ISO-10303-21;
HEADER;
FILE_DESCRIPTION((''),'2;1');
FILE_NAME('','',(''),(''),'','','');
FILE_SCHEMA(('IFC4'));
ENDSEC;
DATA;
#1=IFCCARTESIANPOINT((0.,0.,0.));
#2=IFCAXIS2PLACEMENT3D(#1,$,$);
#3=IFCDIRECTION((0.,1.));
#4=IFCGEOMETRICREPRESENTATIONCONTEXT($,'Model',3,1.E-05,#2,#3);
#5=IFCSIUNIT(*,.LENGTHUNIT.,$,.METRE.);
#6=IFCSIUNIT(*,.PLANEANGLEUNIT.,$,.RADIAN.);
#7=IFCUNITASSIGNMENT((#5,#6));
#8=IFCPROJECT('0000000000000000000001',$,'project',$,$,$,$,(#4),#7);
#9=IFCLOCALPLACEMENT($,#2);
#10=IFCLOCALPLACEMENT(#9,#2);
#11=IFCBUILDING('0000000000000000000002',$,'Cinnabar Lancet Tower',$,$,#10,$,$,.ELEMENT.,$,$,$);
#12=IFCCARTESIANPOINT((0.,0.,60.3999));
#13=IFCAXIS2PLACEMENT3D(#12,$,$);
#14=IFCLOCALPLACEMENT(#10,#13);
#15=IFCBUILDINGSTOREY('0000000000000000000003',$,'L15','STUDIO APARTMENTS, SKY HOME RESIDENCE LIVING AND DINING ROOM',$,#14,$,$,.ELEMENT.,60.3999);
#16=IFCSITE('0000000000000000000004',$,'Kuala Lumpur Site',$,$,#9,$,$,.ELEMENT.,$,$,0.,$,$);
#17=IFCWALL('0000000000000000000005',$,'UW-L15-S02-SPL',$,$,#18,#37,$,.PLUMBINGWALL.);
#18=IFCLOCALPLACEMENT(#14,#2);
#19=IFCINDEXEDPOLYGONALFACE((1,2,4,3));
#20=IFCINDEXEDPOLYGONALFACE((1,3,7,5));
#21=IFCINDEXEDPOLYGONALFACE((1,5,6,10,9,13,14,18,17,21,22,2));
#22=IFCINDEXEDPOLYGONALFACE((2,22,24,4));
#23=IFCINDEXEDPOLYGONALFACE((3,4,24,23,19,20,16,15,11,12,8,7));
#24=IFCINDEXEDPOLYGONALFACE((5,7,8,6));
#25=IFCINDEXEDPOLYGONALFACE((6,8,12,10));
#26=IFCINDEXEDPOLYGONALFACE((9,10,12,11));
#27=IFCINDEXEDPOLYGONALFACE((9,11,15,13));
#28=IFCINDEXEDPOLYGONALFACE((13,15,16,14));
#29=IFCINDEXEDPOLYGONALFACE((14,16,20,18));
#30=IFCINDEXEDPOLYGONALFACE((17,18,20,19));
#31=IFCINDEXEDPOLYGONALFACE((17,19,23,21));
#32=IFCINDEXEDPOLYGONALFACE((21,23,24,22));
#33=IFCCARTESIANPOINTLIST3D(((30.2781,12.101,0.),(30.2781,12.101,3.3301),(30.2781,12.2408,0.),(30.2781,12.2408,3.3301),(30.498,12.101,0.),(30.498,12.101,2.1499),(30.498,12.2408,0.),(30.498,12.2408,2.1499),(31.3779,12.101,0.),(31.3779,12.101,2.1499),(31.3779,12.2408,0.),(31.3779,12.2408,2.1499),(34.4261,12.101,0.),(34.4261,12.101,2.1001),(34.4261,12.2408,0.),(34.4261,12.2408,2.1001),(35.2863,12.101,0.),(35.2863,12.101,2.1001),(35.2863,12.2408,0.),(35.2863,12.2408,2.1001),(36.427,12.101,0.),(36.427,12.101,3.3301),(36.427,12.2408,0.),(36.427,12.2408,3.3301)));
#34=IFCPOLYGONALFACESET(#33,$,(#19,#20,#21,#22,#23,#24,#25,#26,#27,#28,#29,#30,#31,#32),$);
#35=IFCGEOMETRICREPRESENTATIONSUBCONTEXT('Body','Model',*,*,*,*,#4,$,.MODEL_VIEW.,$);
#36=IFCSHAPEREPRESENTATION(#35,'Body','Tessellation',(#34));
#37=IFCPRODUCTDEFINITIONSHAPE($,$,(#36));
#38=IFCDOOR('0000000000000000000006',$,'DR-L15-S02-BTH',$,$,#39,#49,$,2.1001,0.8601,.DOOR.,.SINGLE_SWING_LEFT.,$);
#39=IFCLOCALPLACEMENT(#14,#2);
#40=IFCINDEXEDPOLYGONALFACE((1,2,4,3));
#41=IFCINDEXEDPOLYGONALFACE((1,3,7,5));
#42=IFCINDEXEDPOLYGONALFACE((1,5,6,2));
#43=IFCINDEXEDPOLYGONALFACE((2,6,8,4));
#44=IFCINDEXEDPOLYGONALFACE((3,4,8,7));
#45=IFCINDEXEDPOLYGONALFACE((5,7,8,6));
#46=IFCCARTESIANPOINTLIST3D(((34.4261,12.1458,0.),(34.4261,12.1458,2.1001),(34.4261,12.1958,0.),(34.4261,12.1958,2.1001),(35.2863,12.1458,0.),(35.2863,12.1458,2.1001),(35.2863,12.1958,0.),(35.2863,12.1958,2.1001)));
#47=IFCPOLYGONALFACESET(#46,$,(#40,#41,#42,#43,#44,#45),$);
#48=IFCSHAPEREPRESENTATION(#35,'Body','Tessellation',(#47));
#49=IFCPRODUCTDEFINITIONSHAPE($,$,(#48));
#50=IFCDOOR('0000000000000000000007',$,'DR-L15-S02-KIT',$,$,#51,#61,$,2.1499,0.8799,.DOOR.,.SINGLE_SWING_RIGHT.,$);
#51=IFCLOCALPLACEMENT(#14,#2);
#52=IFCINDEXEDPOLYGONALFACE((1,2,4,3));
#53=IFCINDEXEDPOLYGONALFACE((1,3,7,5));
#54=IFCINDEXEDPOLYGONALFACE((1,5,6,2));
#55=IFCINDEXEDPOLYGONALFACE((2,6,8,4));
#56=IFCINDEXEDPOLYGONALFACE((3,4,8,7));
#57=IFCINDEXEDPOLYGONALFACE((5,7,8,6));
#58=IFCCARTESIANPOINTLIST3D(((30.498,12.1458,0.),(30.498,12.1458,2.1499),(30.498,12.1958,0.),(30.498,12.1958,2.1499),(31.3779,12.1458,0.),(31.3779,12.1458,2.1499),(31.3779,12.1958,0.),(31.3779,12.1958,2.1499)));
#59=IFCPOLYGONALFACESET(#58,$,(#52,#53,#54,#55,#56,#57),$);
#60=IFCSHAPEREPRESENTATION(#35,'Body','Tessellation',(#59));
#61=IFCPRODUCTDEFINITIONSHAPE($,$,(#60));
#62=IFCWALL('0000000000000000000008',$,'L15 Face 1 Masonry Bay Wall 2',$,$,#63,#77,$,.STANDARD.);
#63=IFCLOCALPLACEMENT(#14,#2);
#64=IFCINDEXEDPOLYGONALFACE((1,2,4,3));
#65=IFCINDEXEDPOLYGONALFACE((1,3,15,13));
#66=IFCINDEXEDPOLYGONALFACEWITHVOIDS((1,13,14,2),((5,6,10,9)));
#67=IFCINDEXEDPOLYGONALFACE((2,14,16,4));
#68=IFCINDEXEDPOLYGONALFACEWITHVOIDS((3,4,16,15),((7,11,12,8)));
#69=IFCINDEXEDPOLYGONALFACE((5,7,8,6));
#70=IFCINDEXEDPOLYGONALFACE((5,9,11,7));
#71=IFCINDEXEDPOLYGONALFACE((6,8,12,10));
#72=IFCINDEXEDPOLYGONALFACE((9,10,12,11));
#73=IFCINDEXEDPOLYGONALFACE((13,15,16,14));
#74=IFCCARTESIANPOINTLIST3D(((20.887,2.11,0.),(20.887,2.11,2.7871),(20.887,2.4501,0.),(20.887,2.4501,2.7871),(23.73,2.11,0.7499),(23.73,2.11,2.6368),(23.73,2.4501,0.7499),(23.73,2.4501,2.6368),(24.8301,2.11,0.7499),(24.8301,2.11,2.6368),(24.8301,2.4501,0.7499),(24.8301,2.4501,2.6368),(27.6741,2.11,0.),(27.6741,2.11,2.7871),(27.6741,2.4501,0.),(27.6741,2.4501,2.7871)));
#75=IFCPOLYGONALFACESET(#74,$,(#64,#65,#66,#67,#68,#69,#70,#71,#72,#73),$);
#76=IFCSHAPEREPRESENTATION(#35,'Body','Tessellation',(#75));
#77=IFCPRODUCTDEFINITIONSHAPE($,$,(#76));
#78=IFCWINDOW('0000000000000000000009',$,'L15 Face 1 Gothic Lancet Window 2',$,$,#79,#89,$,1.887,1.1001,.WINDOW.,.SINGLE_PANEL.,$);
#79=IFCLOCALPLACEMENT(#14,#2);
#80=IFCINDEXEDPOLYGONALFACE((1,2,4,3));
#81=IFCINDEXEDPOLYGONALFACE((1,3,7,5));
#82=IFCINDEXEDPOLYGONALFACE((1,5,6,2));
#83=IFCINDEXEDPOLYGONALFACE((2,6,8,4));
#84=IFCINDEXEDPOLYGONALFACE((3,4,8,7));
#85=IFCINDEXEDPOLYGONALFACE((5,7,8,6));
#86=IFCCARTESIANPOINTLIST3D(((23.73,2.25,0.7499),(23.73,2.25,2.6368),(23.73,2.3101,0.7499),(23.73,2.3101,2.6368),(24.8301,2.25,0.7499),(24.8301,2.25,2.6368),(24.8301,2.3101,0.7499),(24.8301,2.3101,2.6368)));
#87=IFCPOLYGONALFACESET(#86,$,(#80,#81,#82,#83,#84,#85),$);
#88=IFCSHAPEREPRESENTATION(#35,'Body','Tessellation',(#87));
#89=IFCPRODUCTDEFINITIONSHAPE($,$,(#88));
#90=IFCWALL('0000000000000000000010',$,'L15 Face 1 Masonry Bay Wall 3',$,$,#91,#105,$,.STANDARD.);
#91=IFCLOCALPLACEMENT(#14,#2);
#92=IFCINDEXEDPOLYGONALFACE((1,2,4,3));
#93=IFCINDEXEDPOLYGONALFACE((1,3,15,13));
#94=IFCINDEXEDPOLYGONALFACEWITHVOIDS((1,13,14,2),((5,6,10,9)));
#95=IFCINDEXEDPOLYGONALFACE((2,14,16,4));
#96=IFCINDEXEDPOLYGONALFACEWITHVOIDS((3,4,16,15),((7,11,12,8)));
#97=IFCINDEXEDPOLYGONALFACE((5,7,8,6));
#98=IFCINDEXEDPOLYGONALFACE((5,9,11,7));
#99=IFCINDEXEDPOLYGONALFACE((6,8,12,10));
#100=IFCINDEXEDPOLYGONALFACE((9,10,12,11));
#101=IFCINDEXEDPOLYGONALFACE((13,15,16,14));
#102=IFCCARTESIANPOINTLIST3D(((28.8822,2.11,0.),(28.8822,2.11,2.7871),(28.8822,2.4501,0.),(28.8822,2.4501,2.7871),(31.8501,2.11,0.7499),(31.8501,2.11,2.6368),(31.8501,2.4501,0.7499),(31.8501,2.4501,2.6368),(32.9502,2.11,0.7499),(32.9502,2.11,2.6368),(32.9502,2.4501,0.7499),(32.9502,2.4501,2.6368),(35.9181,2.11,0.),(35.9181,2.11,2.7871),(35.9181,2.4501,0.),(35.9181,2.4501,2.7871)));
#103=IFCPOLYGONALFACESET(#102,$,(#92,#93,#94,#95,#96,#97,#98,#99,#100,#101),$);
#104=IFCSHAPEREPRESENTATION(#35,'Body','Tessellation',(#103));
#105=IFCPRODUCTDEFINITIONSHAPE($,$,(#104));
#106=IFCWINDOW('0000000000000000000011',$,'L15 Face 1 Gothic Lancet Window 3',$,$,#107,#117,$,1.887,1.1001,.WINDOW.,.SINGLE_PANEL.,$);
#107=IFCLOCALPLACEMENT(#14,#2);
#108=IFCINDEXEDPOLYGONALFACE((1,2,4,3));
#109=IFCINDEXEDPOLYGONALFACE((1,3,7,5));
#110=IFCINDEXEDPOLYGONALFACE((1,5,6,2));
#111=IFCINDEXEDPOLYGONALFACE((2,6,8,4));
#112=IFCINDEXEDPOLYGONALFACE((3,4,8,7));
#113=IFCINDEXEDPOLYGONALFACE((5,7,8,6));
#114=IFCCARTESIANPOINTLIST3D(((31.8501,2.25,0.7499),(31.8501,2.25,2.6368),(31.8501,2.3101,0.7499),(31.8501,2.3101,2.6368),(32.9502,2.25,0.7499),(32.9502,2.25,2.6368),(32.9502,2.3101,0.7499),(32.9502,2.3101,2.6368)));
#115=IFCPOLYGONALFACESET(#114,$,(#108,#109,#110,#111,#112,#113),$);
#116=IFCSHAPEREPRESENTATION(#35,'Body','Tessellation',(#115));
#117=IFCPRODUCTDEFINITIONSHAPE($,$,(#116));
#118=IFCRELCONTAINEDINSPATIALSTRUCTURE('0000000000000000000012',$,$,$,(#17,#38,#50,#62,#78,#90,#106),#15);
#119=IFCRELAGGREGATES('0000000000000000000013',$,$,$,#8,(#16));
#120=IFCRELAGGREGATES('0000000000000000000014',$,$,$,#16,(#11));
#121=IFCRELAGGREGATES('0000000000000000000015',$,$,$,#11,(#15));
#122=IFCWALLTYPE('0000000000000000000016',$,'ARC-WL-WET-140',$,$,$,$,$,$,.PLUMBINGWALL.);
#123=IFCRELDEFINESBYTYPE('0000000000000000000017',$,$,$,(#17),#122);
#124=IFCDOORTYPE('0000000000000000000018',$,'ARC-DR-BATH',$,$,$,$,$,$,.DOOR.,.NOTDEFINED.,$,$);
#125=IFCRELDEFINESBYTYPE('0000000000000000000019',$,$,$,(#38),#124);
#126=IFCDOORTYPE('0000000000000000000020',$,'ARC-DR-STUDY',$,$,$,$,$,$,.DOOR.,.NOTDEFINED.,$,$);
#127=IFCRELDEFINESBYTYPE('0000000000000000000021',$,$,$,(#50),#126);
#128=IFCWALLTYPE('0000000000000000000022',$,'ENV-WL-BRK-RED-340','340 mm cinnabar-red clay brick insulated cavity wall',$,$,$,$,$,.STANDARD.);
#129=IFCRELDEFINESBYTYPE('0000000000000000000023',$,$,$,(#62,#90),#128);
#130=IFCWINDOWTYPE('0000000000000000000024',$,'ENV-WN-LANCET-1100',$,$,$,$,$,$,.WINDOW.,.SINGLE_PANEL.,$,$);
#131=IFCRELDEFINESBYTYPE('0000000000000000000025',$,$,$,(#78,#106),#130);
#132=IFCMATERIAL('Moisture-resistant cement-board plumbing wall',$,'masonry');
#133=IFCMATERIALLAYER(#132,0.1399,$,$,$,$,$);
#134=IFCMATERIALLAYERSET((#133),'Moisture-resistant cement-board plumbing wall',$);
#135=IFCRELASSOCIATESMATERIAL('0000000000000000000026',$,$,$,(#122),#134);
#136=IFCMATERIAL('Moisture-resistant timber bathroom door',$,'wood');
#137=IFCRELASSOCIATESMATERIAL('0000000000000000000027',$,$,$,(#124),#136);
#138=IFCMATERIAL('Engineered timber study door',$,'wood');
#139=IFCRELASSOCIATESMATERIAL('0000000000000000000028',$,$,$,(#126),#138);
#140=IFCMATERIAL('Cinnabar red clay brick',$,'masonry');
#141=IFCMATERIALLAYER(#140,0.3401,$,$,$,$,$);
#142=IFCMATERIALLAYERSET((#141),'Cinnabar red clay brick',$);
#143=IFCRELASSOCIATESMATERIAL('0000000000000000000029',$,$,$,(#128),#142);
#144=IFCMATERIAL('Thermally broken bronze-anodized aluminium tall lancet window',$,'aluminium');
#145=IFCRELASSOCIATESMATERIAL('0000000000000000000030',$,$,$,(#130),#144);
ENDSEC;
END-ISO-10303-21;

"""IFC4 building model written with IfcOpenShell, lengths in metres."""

from ifc_helpers import new_model, si_unit, direction, frame, frame_2d, origin, place, context, subcontext, project, spatial, rectangle, extrude, material, layer, layer_set, type_object, element, fill, save


model = new_model("IFC4")

# Units and contexts
model_context = context("Model", 3, precision=1e-05, world=origin(), true_north=direction((0.0, 1.0)))
body_context = subcontext(model_context, "Body", "Model", "MODEL_VIEW")
ifc_project = project(units=[si_unit("LENGTHUNIT", "METRE"), si_unit("PLANEANGLEUNIT", "RADIAN")], contexts=[model_context])

# Site, building, storey
site_placement = place(None, origin())
site = spatial("IfcSite", under=ifc_project, at=site_placement, Name="Kuala Lumpur Site", CompositionType="ELEMENT", RefElevation=0.0)
building_placement = place(site_placement, origin())
building = spatial("IfcBuilding", under=site, at=building_placement, Name="Cinnabar Lancet Tower", CompositionType="ELEMENT")
storey_placement = place(building_placement, frame((0.0, 0.0, 60.3999)))
storey = spatial("IfcBuildingStorey", under=building, at=storey_placement, Name="L15", Description="STUDIO APARTMENTS, SKY HOME RESIDENCE LIVING AND DINING ROOM", CompositionType="ELEMENT", Elevation=60.3999)

# Shared definitions
ifc_material_1 = material(Name="Moisture-resistant cement-board plumbing wall", Category="masonry")
ifc_layer_1 = layer(ifc_material_1, 0.1399)
ifc_layer_set_1 = layer_set([ifc_layer_1], Name="Moisture-resistant cement-board plumbing wall")
wall_type_1 = type_object("IfcWallType", Name="ARC-WL-WET-140", PredefinedType="PLUMBINGWALL", material=ifc_layer_set_1)
ifc_material_2 = material(Name="Moisture-resistant timber bathroom door", Category="wood")
door_type_1 = type_object("IfcDoorType", Name="ARC-DR-BATH", OperationType="NOTDEFINED", PredefinedType="DOOR", material=ifc_material_2)
ifc_material_3 = material(Name="Engineered timber study door", Category="wood")
door_type_2 = type_object("IfcDoorType", Name="ARC-DR-STUDY", OperationType="NOTDEFINED", PredefinedType="DOOR", material=ifc_material_3)

# Wall, openings, doors
wall_1_placement = place(storey_placement, frame((30.2781, 12.1709, 0.0), z_axis=(0.0, 0.0, 1.0), x_axis=(1.0, 0.0, 0.0)))
wall_1 = element("IfcWall", 1, at=wall_1_placement, inside=storey, type_object=wall_type_1, Name="UW-L15-S02-SPL", PredefinedType="PLUMBINGWALL", context=body_context, shape_type="SweptSolid", body=[
    extrude(rectangle(XDim=6.1489, YDim=0.1399, at=frame_2d((3.0745, 0.0))), origin(), (0.0, 0.0, 1.0), 3.3301),
])
opening_1_placement = place(wall_1_placement, frame((4.1479, 0.0, 0.0)))
opening_1 = element("IfcOpeningElement", 2, at=opening_1_placement, cuts=wall_1, PredefinedType="OPENING", context=body_context, shape_type="SweptSolid", body=[
    extrude(rectangle(XDim=0.8601, YDim=2.1001, at=frame_2d((0.4302, 1.05))), frame((0.0, 0.0798, 0.0), z_axis=(0.0, -1.0, 0.0), x_axis=(1.0, 0.0, 0.0)), (0.0, 0.0, 1.0), 0.1599),
])
opening_2_placement = place(wall_1_placement, frame((0.22, 0.0, 0.0)))
opening_2 = element("IfcOpeningElement", 3, at=opening_2_placement, cuts=wall_1, PredefinedType="OPENING", context=body_context, shape_type="SweptSolid", body=[
    extrude(rectangle(XDim=0.8799, YDim=2.1499, at=frame_2d((0.4399, 1.075))), frame((0.0, 0.0798, 0.0), z_axis=(0.0, -1.0, 0.0), x_axis=(1.0, 0.0, 0.0)), (0.0, 0.0, 1.0), 0.1599),
])
door_1_placement = place(opening_1_placement, origin())
door_1 = element("IfcDoor", 4, at=door_1_placement, inside=storey, type_object=door_type_1, Name="DR-L15-S02-BTH", OperationType="SINGLE_SWING_LEFT", OverallHeight=2.1001, OverallWidth=0.8601, PredefinedType="DOOR", context=body_context, shape_type="SweptSolid", body=[
    extrude(rectangle(XDim=0.8601, YDim=2.1001, at=frame_2d((0.4302, 1.05))), frame((0.0, 0.0249, 0.0), z_axis=(0.0, -1.0, 0.0), x_axis=(1.0, 0.0, 0.0)), (0.0, 0.0, 1.0), 0.05),
])
fill(opening_1, door_1)
door_2_placement = place(opening_2_placement, origin())
door_2 = element("IfcDoor", 5, at=door_2_placement, inside=storey, type_object=door_type_2, Name="DR-L15-S02-KIT", OperationType="SINGLE_SWING_RIGHT", OverallHeight=2.1499, OverallWidth=0.8799, PredefinedType="DOOR", context=body_context, shape_type="SweptSolid", body=[
    extrude(rectangle(XDim=0.8799, YDim=2.1499, at=frame_2d((0.4399, 1.075))), frame((0.0, 0.0249, 0.0), z_axis=(0.0, -1.0, 0.0), x_axis=(1.0, 0.0, 0.0)), (0.0, 0.0, 1.0), 0.05),
])
fill(opening_2, door_2)

# Walls, openings, windows
ifc_material_4 = material(Name="Cinnabar red clay brick", Category="masonry")
ifc_layer_2 = layer(ifc_material_4, 0.3401)
ifc_layer_set_2 = layer_set([ifc_layer_2], Name="Cinnabar red clay brick")
wall_type_2 = type_object("IfcWallType", Name="ENV-WL-BRK-RED-340", Description="340 mm cinnabar-red clay brick insulated cavity wall", PredefinedType="STANDARD", material=ifc_layer_set_2)
wall_2_placement = place(storey_placement, frame((20.887, 2.28, 0.0), z_axis=(0.0, 0.0, 1.0), x_axis=(1.0, 0.0, 0.0)))
wall_2 = element("IfcWall", 6, at=wall_2_placement, inside=storey, type_object=wall_type_2, Name="L15 Face 1 Masonry Bay Wall 2", PredefinedType="STANDARD", context=body_context, shape_type="SweptSolid", body=[
    extrude(rectangle(XDim=6.7871, YDim=0.3401, at=frame_2d((3.3936, 0.0))), origin(), (0.0, 0.0, 1.0), 2.7871),
])
opening_3_placement = place(wall_2_placement, frame((2.843, 0.0, 0.75)))
opening_3 = element("IfcOpeningElement", 7, at=opening_3_placement, cuts=wall_2, PredefinedType="OPENING", context=body_context, shape_type="SweptSolid", body=[
    extrude(rectangle(XDim=1.1001, YDim=1.887, at=frame_2d((0.55, 0.9434))), frame((0.0, 0.1799, 0.0), z_axis=(0.0, -1.0, 0.0), x_axis=(1.0, 0.0, 0.0)), (0.0, 0.0, 1.0), 0.3601),
])
ifc_material_5 = material(Name="Thermally broken bronze-anodized aluminium tall lancet window", Category="aluminium")
window_type = type_object("IfcWindowType", Name="ENV-WN-LANCET-1100", PartitioningType="SINGLE_PANEL", PredefinedType="WINDOW", material=ifc_material_5)
window_1_placement = place(opening_3_placement, origin())
window_1 = element("IfcWindow", 8, at=window_1_placement, inside=storey, type_object=window_type, Name="L15 Face 1 Gothic Lancet Window 2", OverallHeight=1.887, OverallWidth=1.1001, PartitioningType="SINGLE_PANEL", PredefinedType="WINDOW", context=body_context, shape_type="SweptSolid", body=[
    extrude(rectangle(XDim=1.1001, YDim=1.887, at=frame_2d((0.55, 0.9434))), frame((0.0, 0.03, 0.0), z_axis=(0.0, -1.0, 0.0), x_axis=(1.0, 0.0, 0.0)), (0.0, 0.0, 1.0), 0.0601),
])
fill(opening_3, window_1)
wall_3_placement = place(storey_placement, frame((28.8821, 2.28, 0.0), z_axis=(0.0, 0.0, 1.0), x_axis=(1.0, 0.0, 0.0)))
wall_3 = element("IfcWall", 9, at=wall_3_placement, inside=storey, type_object=wall_type_2, Name="L15 Face 1 Masonry Bay Wall 3", PredefinedType="STANDARD", context=body_context, shape_type="SweptSolid", body=[
    extrude(rectangle(XDim=7.0359, YDim=0.3401, at=frame_2d((3.5181, 0.0))), origin(), (0.0, 0.0, 1.0), 2.7871),
])
opening_4_placement = place(wall_3_placement, frame((2.968, 0.0, 0.75)))
opening_4 = element("IfcOpeningElement", 10, at=opening_4_placement, cuts=wall_3, PredefinedType="OPENING", context=body_context, shape_type="SweptSolid", body=[
    extrude(rectangle(XDim=1.1001, YDim=1.887, at=frame_2d((0.55, 0.9434))), frame((0.0, 0.1799, 0.0), z_axis=(0.0, -1.0, 0.0), x_axis=(1.0, 0.0, 0.0)), (0.0, 0.0, 1.0), 0.3601),
])
window_2_placement = place(opening_4_placement, origin())
window_2 = element("IfcWindow", 11, at=window_2_placement, inside=storey, type_object=window_type, Name="L15 Face 1 Gothic Lancet Window 3", OverallHeight=1.887, OverallWidth=1.1001, PartitioningType="SINGLE_PANEL", PredefinedType="WINDOW", context=body_context, shape_type="SweptSolid", body=[
    extrude(rectangle(XDim=1.1001, YDim=1.887, at=frame_2d((0.55, 0.9434))), frame((0.0, 0.03, 0.0), z_axis=(0.0, -1.0, 0.0), x_axis=(1.0, 0.0, 0.0)), (0.0, 0.0, 1.0), 0.0601),
])
fill(opening_4, window_2)

save(model, "model.ifc")
